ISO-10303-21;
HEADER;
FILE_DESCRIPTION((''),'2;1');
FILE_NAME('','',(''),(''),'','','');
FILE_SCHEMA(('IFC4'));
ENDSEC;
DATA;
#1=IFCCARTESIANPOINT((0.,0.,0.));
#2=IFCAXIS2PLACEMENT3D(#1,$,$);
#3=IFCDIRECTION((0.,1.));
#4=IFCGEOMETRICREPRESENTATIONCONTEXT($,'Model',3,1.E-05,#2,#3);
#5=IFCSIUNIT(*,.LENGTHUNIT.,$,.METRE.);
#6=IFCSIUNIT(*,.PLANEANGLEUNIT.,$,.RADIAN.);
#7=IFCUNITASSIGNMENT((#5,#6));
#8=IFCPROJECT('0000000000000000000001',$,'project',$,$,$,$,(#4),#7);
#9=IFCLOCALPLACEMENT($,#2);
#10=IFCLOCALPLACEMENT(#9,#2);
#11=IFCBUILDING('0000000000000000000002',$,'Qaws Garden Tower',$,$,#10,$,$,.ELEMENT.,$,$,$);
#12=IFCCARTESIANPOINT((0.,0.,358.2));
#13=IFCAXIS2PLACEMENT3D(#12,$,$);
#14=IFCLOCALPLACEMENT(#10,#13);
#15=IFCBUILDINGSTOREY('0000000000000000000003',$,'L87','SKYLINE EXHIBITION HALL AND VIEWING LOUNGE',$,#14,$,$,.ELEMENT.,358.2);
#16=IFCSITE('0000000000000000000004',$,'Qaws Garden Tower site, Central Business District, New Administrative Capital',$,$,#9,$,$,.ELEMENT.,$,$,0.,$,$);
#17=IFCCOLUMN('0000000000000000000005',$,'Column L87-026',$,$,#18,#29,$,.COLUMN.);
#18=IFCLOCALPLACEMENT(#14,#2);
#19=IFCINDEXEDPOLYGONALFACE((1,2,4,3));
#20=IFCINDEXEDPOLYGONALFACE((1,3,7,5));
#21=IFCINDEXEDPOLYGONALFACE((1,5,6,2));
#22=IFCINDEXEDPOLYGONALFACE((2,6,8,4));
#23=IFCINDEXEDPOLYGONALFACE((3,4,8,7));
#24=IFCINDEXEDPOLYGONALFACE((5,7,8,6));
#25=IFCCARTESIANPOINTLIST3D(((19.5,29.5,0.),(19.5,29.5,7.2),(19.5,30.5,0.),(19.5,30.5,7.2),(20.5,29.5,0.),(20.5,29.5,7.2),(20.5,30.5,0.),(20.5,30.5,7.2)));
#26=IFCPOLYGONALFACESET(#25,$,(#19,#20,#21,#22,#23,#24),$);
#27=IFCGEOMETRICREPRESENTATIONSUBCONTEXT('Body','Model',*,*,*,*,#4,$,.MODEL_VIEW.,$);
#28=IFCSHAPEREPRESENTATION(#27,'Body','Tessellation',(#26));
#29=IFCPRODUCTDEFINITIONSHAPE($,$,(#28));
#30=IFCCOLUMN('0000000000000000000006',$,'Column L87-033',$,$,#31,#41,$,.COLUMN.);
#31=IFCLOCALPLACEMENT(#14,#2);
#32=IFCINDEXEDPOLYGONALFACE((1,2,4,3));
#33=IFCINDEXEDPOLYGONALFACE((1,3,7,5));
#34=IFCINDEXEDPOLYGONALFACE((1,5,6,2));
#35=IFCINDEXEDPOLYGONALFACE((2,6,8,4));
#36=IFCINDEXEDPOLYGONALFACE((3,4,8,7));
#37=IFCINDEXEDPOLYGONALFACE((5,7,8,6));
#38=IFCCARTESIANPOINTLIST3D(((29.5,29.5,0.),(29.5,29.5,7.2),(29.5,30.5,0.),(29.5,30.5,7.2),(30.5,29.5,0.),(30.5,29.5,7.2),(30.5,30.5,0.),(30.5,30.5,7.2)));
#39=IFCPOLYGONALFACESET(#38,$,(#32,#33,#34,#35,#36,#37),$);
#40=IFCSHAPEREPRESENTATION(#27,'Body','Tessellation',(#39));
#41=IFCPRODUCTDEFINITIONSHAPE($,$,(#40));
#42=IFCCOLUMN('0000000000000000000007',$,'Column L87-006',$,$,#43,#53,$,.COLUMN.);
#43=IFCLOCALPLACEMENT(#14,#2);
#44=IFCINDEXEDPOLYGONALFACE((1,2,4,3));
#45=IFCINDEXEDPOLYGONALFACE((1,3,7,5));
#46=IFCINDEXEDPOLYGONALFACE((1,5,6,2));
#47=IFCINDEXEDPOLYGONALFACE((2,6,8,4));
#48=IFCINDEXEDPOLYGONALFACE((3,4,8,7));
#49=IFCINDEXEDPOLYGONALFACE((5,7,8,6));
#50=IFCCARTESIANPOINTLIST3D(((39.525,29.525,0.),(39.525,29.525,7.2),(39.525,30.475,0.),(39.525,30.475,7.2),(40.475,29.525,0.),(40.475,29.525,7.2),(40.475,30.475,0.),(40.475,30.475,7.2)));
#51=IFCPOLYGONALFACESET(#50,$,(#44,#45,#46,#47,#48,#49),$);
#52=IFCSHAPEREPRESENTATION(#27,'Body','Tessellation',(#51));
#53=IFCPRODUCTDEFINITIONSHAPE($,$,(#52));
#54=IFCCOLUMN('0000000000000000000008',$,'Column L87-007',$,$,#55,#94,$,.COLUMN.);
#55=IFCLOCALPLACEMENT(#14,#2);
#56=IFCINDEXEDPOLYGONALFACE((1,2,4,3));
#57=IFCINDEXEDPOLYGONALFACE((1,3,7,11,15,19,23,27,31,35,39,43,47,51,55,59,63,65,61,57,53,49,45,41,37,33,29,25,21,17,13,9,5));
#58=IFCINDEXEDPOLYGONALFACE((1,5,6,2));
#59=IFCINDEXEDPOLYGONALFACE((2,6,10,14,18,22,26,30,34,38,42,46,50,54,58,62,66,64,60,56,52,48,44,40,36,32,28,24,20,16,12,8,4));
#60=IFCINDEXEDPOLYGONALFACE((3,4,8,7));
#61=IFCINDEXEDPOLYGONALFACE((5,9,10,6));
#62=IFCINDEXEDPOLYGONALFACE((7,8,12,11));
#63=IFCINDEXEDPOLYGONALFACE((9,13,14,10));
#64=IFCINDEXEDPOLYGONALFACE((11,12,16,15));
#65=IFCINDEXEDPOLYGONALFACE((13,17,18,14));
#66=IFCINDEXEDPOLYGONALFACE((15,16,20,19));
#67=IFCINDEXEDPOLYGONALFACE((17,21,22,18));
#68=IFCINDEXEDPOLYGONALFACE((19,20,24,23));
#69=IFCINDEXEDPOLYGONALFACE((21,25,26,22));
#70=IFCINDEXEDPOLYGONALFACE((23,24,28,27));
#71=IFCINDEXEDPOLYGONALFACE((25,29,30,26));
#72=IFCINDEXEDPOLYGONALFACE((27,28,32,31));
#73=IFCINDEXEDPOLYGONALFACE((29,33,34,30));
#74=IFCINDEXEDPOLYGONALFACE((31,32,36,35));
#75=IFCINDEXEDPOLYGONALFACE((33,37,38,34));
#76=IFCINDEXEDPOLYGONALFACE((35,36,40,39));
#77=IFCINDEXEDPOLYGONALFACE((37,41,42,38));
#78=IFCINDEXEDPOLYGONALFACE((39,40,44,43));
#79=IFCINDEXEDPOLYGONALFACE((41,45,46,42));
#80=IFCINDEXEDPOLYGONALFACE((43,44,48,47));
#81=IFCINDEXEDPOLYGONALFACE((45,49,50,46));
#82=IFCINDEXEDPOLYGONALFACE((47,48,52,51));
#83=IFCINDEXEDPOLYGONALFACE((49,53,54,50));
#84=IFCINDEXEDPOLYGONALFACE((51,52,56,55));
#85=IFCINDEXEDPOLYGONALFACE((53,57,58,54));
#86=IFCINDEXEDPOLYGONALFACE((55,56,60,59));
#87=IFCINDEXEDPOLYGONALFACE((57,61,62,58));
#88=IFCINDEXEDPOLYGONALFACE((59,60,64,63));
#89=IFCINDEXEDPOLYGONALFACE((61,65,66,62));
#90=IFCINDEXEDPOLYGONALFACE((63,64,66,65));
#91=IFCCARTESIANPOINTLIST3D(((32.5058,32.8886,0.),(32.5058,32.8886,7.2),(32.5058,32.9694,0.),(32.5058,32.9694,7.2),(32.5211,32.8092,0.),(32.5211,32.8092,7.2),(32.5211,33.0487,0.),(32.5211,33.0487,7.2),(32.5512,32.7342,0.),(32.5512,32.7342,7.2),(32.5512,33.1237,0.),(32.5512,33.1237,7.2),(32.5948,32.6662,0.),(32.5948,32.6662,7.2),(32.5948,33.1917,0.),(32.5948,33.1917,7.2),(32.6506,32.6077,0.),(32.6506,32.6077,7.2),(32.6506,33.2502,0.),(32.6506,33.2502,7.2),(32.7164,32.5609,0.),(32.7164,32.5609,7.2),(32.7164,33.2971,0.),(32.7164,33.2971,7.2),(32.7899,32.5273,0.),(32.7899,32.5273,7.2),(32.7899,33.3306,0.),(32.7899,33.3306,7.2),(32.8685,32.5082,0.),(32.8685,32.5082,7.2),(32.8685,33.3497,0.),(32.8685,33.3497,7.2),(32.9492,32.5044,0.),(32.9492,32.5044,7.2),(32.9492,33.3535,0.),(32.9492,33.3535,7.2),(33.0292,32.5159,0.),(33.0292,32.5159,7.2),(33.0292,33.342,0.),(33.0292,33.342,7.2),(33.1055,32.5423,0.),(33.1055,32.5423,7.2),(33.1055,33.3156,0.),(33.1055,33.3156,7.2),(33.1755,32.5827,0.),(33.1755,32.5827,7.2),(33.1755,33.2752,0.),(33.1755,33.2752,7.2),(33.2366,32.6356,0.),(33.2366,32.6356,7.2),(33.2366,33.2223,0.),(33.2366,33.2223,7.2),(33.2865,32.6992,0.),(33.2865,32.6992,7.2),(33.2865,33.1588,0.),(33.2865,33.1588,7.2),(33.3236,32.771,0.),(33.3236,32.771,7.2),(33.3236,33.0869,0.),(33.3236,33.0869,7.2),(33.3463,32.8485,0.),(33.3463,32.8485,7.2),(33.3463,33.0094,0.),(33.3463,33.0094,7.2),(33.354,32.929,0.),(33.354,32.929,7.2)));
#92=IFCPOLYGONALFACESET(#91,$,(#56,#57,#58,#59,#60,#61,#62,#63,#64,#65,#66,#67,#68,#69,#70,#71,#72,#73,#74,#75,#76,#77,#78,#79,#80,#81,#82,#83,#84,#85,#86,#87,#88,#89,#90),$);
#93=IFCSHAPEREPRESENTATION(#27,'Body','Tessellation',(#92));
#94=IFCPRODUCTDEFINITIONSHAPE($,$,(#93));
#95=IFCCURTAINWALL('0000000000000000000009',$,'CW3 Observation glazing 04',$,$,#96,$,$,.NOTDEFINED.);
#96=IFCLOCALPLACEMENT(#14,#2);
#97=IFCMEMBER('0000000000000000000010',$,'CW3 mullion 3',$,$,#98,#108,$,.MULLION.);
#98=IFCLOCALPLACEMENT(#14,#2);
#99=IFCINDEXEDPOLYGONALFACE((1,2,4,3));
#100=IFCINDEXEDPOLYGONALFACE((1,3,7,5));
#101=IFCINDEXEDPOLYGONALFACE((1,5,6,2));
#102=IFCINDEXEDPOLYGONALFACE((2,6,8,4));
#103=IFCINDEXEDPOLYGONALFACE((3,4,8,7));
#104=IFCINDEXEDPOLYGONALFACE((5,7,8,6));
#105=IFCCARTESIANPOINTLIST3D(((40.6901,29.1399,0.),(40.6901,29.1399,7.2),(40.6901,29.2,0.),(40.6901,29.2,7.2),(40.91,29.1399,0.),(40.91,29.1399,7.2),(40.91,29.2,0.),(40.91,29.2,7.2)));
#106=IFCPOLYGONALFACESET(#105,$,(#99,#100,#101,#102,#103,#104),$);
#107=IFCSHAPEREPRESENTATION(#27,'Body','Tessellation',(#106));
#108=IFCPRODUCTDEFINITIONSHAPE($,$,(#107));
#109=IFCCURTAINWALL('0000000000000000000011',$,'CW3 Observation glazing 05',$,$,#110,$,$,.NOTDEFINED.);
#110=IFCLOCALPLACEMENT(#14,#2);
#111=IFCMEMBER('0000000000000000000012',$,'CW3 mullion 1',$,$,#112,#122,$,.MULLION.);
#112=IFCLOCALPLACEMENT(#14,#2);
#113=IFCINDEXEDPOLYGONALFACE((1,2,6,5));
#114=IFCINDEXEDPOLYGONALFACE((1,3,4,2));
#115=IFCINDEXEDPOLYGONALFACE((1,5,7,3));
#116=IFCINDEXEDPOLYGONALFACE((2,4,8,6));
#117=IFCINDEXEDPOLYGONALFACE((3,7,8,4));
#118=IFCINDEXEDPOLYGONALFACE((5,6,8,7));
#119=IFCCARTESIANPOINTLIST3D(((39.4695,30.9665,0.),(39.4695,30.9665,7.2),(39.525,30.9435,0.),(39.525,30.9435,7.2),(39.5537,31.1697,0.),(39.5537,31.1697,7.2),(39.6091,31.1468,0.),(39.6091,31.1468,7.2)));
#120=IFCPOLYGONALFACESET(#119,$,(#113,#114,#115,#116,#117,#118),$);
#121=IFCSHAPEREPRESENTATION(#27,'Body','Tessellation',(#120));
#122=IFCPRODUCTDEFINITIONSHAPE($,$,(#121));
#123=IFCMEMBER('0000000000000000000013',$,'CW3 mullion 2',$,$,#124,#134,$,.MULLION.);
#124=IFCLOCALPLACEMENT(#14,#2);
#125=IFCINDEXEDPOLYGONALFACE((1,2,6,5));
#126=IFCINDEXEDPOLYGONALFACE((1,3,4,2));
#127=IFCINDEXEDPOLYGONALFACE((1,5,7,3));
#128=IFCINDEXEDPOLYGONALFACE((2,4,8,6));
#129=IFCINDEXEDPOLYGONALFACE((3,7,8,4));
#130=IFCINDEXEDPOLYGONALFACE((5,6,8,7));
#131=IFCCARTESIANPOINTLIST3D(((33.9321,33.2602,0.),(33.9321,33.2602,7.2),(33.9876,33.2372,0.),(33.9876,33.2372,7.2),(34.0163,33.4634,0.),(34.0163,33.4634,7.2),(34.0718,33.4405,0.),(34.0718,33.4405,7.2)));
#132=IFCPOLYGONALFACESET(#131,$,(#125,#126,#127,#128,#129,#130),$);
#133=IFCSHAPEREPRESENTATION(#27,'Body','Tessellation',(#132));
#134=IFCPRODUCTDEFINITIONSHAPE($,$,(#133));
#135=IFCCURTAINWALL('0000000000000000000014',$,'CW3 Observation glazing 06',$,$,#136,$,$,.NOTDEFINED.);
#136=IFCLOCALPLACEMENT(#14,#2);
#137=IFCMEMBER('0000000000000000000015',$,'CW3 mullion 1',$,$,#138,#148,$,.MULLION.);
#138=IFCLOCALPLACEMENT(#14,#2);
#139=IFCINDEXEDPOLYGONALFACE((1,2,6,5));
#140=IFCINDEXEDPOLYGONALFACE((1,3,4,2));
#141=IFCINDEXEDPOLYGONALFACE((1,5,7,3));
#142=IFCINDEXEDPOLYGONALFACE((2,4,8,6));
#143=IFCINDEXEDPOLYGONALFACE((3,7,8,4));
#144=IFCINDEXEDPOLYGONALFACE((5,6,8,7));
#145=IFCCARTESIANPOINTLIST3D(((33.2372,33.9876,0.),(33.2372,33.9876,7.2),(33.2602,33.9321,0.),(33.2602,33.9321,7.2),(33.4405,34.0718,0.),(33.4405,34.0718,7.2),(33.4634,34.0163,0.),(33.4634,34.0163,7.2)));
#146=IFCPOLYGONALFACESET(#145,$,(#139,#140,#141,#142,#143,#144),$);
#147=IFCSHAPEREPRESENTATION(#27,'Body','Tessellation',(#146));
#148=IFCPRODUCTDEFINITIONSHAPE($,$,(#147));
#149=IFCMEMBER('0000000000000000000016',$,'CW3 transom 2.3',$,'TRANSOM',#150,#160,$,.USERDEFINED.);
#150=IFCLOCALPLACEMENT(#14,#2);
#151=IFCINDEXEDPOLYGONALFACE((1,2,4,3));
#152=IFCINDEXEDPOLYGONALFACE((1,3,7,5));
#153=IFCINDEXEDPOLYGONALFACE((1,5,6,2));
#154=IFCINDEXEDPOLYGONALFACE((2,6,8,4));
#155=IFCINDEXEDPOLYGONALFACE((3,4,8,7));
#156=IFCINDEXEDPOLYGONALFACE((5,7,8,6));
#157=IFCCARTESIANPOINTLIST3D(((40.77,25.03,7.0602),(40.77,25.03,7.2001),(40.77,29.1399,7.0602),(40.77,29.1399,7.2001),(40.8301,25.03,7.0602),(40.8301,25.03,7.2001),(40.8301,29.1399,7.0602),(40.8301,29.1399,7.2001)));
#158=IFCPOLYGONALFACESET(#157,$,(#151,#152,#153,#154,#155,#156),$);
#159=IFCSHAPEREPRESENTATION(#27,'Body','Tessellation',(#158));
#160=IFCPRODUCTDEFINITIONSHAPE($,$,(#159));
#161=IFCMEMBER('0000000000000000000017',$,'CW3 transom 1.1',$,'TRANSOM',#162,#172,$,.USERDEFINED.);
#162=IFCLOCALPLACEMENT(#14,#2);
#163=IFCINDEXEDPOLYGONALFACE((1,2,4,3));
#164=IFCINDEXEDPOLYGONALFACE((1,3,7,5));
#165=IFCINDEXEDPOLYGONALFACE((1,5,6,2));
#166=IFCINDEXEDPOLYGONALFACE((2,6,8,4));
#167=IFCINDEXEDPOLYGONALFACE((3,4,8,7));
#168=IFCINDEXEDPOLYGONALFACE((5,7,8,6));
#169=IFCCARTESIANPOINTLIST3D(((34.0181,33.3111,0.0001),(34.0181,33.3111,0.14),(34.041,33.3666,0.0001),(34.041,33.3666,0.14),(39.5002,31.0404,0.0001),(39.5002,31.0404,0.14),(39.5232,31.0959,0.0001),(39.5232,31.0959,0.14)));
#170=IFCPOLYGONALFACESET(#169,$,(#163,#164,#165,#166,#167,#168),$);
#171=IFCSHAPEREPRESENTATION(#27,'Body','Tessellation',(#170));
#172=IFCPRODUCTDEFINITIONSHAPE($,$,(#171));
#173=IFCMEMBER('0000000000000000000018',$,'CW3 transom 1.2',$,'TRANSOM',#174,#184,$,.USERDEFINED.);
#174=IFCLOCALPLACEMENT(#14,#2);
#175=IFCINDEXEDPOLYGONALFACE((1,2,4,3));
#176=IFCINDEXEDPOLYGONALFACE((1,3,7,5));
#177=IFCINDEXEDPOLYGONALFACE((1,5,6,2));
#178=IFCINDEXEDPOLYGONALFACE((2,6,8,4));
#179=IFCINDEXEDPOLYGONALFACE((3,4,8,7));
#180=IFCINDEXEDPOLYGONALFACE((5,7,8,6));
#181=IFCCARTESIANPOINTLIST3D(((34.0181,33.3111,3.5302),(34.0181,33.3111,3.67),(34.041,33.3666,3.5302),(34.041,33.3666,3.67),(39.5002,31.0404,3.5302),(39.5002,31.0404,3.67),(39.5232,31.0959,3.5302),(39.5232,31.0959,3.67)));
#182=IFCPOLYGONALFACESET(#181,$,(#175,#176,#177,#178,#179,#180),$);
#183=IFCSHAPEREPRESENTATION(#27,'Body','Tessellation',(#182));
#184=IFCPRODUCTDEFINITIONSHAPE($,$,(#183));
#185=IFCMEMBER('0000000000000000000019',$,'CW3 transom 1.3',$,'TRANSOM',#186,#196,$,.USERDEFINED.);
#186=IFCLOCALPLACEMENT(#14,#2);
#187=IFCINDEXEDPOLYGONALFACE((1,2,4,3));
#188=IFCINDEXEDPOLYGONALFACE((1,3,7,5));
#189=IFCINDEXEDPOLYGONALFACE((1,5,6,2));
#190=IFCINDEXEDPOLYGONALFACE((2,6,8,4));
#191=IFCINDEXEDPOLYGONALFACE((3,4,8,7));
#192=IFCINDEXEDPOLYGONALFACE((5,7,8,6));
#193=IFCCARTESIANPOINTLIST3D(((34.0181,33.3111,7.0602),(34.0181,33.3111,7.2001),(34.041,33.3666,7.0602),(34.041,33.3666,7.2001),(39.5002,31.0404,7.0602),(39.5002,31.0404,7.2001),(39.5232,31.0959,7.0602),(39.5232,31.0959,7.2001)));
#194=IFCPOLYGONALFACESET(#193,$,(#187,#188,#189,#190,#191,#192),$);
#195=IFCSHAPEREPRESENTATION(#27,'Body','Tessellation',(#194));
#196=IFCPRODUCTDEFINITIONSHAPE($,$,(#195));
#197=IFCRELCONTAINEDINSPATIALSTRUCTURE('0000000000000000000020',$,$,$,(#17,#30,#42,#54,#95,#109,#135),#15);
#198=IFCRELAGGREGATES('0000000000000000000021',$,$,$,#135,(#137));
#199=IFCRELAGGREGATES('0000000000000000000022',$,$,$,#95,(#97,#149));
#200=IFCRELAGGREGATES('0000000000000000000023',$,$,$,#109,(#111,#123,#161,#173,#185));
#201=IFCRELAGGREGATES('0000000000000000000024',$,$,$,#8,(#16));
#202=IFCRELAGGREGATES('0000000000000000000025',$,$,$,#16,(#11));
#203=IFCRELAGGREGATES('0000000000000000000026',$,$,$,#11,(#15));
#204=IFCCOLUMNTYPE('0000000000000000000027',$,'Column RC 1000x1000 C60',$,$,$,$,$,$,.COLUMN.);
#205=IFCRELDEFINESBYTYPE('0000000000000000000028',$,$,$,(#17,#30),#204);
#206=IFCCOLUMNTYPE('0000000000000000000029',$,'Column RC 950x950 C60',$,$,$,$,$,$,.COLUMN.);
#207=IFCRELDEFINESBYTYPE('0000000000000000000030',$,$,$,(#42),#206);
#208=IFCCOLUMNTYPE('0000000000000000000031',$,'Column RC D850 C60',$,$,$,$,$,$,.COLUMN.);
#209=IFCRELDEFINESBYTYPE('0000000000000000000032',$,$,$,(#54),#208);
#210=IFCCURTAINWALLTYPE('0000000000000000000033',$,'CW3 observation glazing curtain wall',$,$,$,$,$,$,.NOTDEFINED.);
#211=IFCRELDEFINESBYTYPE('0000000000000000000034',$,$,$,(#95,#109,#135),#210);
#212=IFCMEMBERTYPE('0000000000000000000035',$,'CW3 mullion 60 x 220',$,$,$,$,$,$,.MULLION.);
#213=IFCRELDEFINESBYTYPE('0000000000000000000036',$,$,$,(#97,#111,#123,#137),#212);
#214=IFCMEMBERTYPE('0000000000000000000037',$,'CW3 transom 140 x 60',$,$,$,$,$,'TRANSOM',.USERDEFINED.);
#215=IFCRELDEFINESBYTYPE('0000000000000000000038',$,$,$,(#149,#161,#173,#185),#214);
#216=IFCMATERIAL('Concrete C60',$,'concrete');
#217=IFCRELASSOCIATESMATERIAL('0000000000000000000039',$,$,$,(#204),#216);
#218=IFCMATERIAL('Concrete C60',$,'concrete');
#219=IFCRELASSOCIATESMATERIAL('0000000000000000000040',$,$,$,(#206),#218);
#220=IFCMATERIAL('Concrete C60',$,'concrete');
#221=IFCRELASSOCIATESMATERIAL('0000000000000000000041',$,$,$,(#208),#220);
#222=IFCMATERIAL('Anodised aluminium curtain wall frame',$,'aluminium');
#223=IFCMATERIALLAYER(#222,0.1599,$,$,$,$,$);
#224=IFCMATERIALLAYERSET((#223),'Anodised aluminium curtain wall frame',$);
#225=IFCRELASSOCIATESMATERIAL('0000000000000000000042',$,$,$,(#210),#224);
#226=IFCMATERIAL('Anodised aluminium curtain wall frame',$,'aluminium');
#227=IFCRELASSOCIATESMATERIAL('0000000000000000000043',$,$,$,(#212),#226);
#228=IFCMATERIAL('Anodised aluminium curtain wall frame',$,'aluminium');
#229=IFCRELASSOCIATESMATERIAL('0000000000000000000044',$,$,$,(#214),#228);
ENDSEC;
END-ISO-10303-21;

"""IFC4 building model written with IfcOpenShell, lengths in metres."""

from ifc_helpers import new_model, si_unit, direction, frame, origin, origin_2d, place, context, subcontext, project, spatial, rectangle, circle, extrude, material, layer, layer_set, material_profile, profile_set, type_object, element, aggregate, save


model = new_model("IFC4")

# Units and contexts
model_context = context("Model", 3, precision=1e-05, world=origin(), true_north=direction((0.0, 1.0)))
body_context = subcontext(model_context, "Body", "Model", "MODEL_VIEW")
ifc_project = project(units=[si_unit("LENGTHUNIT", "METRE"), si_unit("PLANEANGLEUNIT", "RADIAN")], contexts=[model_context])

# Site, building, storey
site_placement = place(None, origin())
site = spatial("IfcSite", under=ifc_project, at=site_placement, Name="Qaws Garden Tower site, Central Business District, New Administrative Capital", CompositionType="ELEMENT", RefElevation=0.0)
building_placement = place(site_placement, origin())
building = spatial("IfcBuilding", under=site, at=building_placement, Name="Qaws Garden Tower", CompositionType="ELEMENT")
storey_placement = place(building_placement, frame((0.0, 0.0, 358.2)))
storey = spatial("IfcBuildingStorey", under=building, at=storey_placement, Name="L87", Description="SKYLINE EXHIBITION HALL AND VIEWING LOUNGE", CompositionType="ELEMENT", Elevation=358.2)

# Columns
ifc_material_1 = material(Name="Concrete C60", Category="concrete")
ifc_material_profile_1 = material_profile(ifc_material_1, rectangle(XDim=1.0, YDim=1.0, at=origin_2d()), Name="RC 1000x1000")
ifc_profile_set_1 = profile_set([ifc_material_profile_1], Name="Concrete C60")
column_type_1 = type_object("IfcColumnType", Name="Column RC 1000x1000 C60", PredefinedType="COLUMN", material=ifc_profile_set_1)
for number, where, z_axis, x_axis, name in (
    (1, (20.0, 30.0, 0.0), (0.0, 0.0, 1.0), (1.0, 0.0, 0.0), "Column L87-026"),
    (2, (30.0, 30.0, 0.0), (0.0, 0.0, 1.0), (1.0, 0.0, 0.0), "Column L87-033"),
):
    element("IfcColumn", number, at=place(storey_placement, frame(where, z_axis=z_axis, x_axis=x_axis)), inside=storey, type_object=column_type_1, Name=name, PredefinedType="COLUMN", context=body_context, shape_type="SweptSolid", body=[
        extrude(rectangle(XDim=1.0, YDim=1.0, at=origin_2d()), origin(), (0.0, 0.0, 1.0), 7.2),
    ])
ifc_material_2 = material(Name="Concrete C60", Category="concrete")
ifc_material_profile_2 = material_profile(ifc_material_2, rectangle(XDim=0.95, YDim=0.95, at=origin_2d()), Name="RC 950x950")
ifc_profile_set_2 = profile_set([ifc_material_profile_2], Name="Concrete C60")
column_type_2 = type_object("IfcColumnType", Name="Column RC 950x950 C60", PredefinedType="COLUMN", material=ifc_profile_set_2)
column_1_placement = place(storey_placement, frame((40.0, 30.0, 0.0), z_axis=(0.0, 0.0, 1.0), x_axis=(1.0, 0.0, 0.0)))
element("IfcColumn", 3, at=column_1_placement, inside=storey, type_object=column_type_2, Name="Column L87-006", PredefinedType="COLUMN", context=body_context, shape_type="SweptSolid", body=[
    extrude(rectangle(XDim=0.95, YDim=0.95, at=origin_2d()), origin(), (0.0, 0.0, 1.0), 7.2),
])
ifc_material_3 = material(Name="Concrete C60", Category="concrete")
ifc_material_profile_3 = material_profile(ifc_material_3, circle(Radius=0.425, at=origin_2d()), Name="RC D850")
ifc_profile_set_3 = profile_set([ifc_material_profile_3], Name="Concrete C60")
column_type_3 = type_object("IfcColumnType", Name="Column RC D850 C60", PredefinedType="COLUMN", material=ifc_profile_set_3)
column_2_placement = place(storey_placement, frame((32.929, 32.929, 0.0), z_axis=(0.0, 0.0, 1.0), x_axis=(1.0, 0.0, 0.0)))
element("IfcColumn", 4, at=column_2_placement, inside=storey, type_object=column_type_3, Name="Column L87-007", PredefinedType="COLUMN", context=body_context, shape_type="SweptSolid", body=[
    extrude(circle(Radius=0.425, at=origin_2d()), origin(), (0.0, 0.0, 1.0), 7.2),
])

# Curtain wall, member
ifc_material_4 = material(Name="Anodised aluminium curtain wall frame", Category="aluminium")
ifc_layer_1 = layer(ifc_material_4, 0.1599)
ifc_layer_set_1 = layer_set([ifc_layer_1], Name="Anodised aluminium curtain wall frame")
curtain_wall_type = type_object("IfcCurtainWallType", Name="CW3 observation glazing curtain wall", PredefinedType="NOTDEFINED", material=ifc_layer_set_1)
placement = place(storey_placement, origin())
curtain_wall_1 = element("IfcCurtainWall", 5, at=placement, inside=storey, type_object=curtain_wall_type, Name="CW3 Observation glazing 04", PredefinedType="NOTDEFINED")
ifc_material_5 = material(Name="Anodised aluminium curtain wall frame", Category="aluminium")
ifc_material_profile_4 = material_profile(ifc_material_5, rectangle(XDim=0.22, YDim=0.0601, at=origin_2d()), Name="AL 60x220")
ifc_profile_set_4 = profile_set([ifc_material_profile_4], Name="Anodised aluminium curtain wall frame")
member_type_1 = type_object("IfcMemberType", Name="CW3 mullion 60 x 220", PredefinedType="MULLION", material=ifc_profile_set_4)
member_1_placement = place(storey_placement, frame((40.8, 29.1699, 0.0), z_axis=(0.0, 0.0, 1.0), x_axis=(-1.0, 0.0, 0.0)))
member_1 = element("IfcMember", 6, at=member_1_placement, type_object=member_type_1, Name="CW3 mullion 3", PredefinedType="MULLION", context=body_context, shape_type="SweptSolid", body=[
    extrude(rectangle(XDim=0.22, YDim=0.0601, at=origin_2d()), origin(), (0.0, 0.0, 1.0), 7.2),
])

# Curtain wall, members
curtain_wall_2 = element("IfcCurtainWall", 7, at=placement, inside=storey, type_object=curtain_wall_type, Name="CW3 Observation glazing 05", PredefinedType="NOTDEFINED")
member_2_placement = place(storey_placement, frame((39.5393, 31.0566, 0.0), z_axis=(0.0, 0.0, 1.0), x_axis=(-0.382683, -0.92388, 0.0)))
member_2 = element("IfcMember", 8, at=member_2_placement, type_object=member_type_1, Name="CW3 mullion 1", PredefinedType="MULLION", context=body_context, shape_type="SweptSolid", body=[
    extrude(rectangle(XDim=0.22, YDim=0.0601, at=origin_2d()), origin(), (0.0, 0.0, 1.0), 7.2),
])
member_3_placement = place(storey_placement, frame((34.002, 33.3503, 0.0), z_axis=(0.0, 0.0, 1.0), x_axis=(-0.382683, -0.92388, 0.0)))
member_3 = element("IfcMember", 9, at=member_3_placement, type_object=member_type_1, Name="CW3 mullion 2", PredefinedType="MULLION", context=body_context, shape_type="SweptSolid", body=[
    extrude(rectangle(XDim=0.22, YDim=0.0601, at=origin_2d()), origin(), (0.0, 0.0, 1.0), 7.2),
])

# Curtain wall, member
curtain_wall_3 = element("IfcCurtainWall", 10, at=placement, inside=storey, type_object=curtain_wall_type, Name="CW3 Observation glazing 06", PredefinedType="NOTDEFINED")
member_4_placement = place(storey_placement, frame((33.3503, 34.002, 0.0), z_axis=(0.0, 0.0, 1.0), x_axis=(-0.92388, -0.382683, 0.0)))
member_4 = element("IfcMember", 11, at=member_4_placement, type_object=member_type_1, Name="CW3 mullion 1", PredefinedType="MULLION", context=body_context, shape_type="SweptSolid", body=[
    extrude(rectangle(XDim=0.22, YDim=0.0601, at=origin_2d()), origin(), (0.0, 0.0, 1.0), 7.2),
])
aggregate(curtain_wall_3, [member_4])

# Members
ifc_material_6 = material(Name="Anodised aluminium curtain wall frame", Category="aluminium")
ifc_material_profile_5 = material_profile(ifc_material_6, rectangle(XDim=0.0601, YDim=0.1399, at=origin_2d()), Name="AL 60x140")
ifc_profile_set_5 = profile_set([ifc_material_profile_5], Name="Anodised aluminium curtain wall frame")
member_type_2 = type_object("IfcMemberType", Name="CW3 transom 140 x 60", ElementType="TRANSOM", PredefinedType="USERDEFINED", material=ifc_profile_set_5)
member_5_placement = place(storey_placement, frame((40.8, 25.03, 7.1301), z_axis=(0.0, 1.0, 0.0), x_axis=(-1.0, 0.0, 0.0)))
member_5 = element("IfcMember", 12, at=member_5_placement, type_object=member_type_2, Name="CW3 transom 2.3", ObjectType="TRANSOM", PredefinedType="USERDEFINED", context=body_context, shape_type="SweptSolid", body=[
    extrude(rectangle(XDim=0.0601, YDim=0.1399, at=origin_2d()), origin(), (0.0, 0.0, 1.0), 4.1099),
])
member_6_placement = place(storey_placement, frame((39.5117, 31.0681, 0.0701), z_axis=(-0.923882, 0.382678, 0.0), x_axis=(-0.382678, -0.923882, 0.0)))
member_6 = element("IfcMember", 13, at=member_6_placement, type_object=member_type_2, Name="CW3 transom 1.1", ObjectType="TRANSOM", PredefinedType="USERDEFINED", context=body_context, shape_type="SweptSolid", body=[
    extrude(rectangle(XDim=0.0601, YDim=0.1399, at=origin_2d()), origin(), (0.0, 0.0, 1.0), 5.9338),
])
member_7_placement = place(storey_placement, frame((39.5117, 31.0681, 3.6001), z_axis=(-0.923882, 0.382678, 0.0), x_axis=(-0.382678, -0.923882, 0.0)))
member_7 = element("IfcMember", 14, at=member_7_placement, type_object=member_type_2, Name="CW3 transom 1.2", ObjectType="TRANSOM", PredefinedType="USERDEFINED", context=body_context, shape_type="SweptSolid", body=[
    extrude(rectangle(XDim=0.0601, YDim=0.1399, at=origin_2d()), origin(), (0.0, 0.0, 1.0), 5.9338),
])
member_8_placement = place(storey_placement, frame((39.5117, 31.0681, 7.1301), z_axis=(-0.923882, 0.382678, 0.0), x_axis=(-0.382678, -0.923882, 0.0)))
member_8 = element("IfcMember", 15, at=member_8_placement, type_object=member_type_2, Name="CW3 transom 1.3", ObjectType="TRANSOM", PredefinedType="USERDEFINED", context=body_context, shape_type="SweptSolid", body=[
    extrude(rectangle(XDim=0.0601, YDim=0.1399, at=origin_2d()), origin(), (0.0, 0.0, 1.0), 5.9338),
])

aggregate(curtain_wall_1, [member_1, member_5])
aggregate(curtain_wall_2, [member_2, member_3, member_6, member_7, member_8])

save(model, "model.ifc")
